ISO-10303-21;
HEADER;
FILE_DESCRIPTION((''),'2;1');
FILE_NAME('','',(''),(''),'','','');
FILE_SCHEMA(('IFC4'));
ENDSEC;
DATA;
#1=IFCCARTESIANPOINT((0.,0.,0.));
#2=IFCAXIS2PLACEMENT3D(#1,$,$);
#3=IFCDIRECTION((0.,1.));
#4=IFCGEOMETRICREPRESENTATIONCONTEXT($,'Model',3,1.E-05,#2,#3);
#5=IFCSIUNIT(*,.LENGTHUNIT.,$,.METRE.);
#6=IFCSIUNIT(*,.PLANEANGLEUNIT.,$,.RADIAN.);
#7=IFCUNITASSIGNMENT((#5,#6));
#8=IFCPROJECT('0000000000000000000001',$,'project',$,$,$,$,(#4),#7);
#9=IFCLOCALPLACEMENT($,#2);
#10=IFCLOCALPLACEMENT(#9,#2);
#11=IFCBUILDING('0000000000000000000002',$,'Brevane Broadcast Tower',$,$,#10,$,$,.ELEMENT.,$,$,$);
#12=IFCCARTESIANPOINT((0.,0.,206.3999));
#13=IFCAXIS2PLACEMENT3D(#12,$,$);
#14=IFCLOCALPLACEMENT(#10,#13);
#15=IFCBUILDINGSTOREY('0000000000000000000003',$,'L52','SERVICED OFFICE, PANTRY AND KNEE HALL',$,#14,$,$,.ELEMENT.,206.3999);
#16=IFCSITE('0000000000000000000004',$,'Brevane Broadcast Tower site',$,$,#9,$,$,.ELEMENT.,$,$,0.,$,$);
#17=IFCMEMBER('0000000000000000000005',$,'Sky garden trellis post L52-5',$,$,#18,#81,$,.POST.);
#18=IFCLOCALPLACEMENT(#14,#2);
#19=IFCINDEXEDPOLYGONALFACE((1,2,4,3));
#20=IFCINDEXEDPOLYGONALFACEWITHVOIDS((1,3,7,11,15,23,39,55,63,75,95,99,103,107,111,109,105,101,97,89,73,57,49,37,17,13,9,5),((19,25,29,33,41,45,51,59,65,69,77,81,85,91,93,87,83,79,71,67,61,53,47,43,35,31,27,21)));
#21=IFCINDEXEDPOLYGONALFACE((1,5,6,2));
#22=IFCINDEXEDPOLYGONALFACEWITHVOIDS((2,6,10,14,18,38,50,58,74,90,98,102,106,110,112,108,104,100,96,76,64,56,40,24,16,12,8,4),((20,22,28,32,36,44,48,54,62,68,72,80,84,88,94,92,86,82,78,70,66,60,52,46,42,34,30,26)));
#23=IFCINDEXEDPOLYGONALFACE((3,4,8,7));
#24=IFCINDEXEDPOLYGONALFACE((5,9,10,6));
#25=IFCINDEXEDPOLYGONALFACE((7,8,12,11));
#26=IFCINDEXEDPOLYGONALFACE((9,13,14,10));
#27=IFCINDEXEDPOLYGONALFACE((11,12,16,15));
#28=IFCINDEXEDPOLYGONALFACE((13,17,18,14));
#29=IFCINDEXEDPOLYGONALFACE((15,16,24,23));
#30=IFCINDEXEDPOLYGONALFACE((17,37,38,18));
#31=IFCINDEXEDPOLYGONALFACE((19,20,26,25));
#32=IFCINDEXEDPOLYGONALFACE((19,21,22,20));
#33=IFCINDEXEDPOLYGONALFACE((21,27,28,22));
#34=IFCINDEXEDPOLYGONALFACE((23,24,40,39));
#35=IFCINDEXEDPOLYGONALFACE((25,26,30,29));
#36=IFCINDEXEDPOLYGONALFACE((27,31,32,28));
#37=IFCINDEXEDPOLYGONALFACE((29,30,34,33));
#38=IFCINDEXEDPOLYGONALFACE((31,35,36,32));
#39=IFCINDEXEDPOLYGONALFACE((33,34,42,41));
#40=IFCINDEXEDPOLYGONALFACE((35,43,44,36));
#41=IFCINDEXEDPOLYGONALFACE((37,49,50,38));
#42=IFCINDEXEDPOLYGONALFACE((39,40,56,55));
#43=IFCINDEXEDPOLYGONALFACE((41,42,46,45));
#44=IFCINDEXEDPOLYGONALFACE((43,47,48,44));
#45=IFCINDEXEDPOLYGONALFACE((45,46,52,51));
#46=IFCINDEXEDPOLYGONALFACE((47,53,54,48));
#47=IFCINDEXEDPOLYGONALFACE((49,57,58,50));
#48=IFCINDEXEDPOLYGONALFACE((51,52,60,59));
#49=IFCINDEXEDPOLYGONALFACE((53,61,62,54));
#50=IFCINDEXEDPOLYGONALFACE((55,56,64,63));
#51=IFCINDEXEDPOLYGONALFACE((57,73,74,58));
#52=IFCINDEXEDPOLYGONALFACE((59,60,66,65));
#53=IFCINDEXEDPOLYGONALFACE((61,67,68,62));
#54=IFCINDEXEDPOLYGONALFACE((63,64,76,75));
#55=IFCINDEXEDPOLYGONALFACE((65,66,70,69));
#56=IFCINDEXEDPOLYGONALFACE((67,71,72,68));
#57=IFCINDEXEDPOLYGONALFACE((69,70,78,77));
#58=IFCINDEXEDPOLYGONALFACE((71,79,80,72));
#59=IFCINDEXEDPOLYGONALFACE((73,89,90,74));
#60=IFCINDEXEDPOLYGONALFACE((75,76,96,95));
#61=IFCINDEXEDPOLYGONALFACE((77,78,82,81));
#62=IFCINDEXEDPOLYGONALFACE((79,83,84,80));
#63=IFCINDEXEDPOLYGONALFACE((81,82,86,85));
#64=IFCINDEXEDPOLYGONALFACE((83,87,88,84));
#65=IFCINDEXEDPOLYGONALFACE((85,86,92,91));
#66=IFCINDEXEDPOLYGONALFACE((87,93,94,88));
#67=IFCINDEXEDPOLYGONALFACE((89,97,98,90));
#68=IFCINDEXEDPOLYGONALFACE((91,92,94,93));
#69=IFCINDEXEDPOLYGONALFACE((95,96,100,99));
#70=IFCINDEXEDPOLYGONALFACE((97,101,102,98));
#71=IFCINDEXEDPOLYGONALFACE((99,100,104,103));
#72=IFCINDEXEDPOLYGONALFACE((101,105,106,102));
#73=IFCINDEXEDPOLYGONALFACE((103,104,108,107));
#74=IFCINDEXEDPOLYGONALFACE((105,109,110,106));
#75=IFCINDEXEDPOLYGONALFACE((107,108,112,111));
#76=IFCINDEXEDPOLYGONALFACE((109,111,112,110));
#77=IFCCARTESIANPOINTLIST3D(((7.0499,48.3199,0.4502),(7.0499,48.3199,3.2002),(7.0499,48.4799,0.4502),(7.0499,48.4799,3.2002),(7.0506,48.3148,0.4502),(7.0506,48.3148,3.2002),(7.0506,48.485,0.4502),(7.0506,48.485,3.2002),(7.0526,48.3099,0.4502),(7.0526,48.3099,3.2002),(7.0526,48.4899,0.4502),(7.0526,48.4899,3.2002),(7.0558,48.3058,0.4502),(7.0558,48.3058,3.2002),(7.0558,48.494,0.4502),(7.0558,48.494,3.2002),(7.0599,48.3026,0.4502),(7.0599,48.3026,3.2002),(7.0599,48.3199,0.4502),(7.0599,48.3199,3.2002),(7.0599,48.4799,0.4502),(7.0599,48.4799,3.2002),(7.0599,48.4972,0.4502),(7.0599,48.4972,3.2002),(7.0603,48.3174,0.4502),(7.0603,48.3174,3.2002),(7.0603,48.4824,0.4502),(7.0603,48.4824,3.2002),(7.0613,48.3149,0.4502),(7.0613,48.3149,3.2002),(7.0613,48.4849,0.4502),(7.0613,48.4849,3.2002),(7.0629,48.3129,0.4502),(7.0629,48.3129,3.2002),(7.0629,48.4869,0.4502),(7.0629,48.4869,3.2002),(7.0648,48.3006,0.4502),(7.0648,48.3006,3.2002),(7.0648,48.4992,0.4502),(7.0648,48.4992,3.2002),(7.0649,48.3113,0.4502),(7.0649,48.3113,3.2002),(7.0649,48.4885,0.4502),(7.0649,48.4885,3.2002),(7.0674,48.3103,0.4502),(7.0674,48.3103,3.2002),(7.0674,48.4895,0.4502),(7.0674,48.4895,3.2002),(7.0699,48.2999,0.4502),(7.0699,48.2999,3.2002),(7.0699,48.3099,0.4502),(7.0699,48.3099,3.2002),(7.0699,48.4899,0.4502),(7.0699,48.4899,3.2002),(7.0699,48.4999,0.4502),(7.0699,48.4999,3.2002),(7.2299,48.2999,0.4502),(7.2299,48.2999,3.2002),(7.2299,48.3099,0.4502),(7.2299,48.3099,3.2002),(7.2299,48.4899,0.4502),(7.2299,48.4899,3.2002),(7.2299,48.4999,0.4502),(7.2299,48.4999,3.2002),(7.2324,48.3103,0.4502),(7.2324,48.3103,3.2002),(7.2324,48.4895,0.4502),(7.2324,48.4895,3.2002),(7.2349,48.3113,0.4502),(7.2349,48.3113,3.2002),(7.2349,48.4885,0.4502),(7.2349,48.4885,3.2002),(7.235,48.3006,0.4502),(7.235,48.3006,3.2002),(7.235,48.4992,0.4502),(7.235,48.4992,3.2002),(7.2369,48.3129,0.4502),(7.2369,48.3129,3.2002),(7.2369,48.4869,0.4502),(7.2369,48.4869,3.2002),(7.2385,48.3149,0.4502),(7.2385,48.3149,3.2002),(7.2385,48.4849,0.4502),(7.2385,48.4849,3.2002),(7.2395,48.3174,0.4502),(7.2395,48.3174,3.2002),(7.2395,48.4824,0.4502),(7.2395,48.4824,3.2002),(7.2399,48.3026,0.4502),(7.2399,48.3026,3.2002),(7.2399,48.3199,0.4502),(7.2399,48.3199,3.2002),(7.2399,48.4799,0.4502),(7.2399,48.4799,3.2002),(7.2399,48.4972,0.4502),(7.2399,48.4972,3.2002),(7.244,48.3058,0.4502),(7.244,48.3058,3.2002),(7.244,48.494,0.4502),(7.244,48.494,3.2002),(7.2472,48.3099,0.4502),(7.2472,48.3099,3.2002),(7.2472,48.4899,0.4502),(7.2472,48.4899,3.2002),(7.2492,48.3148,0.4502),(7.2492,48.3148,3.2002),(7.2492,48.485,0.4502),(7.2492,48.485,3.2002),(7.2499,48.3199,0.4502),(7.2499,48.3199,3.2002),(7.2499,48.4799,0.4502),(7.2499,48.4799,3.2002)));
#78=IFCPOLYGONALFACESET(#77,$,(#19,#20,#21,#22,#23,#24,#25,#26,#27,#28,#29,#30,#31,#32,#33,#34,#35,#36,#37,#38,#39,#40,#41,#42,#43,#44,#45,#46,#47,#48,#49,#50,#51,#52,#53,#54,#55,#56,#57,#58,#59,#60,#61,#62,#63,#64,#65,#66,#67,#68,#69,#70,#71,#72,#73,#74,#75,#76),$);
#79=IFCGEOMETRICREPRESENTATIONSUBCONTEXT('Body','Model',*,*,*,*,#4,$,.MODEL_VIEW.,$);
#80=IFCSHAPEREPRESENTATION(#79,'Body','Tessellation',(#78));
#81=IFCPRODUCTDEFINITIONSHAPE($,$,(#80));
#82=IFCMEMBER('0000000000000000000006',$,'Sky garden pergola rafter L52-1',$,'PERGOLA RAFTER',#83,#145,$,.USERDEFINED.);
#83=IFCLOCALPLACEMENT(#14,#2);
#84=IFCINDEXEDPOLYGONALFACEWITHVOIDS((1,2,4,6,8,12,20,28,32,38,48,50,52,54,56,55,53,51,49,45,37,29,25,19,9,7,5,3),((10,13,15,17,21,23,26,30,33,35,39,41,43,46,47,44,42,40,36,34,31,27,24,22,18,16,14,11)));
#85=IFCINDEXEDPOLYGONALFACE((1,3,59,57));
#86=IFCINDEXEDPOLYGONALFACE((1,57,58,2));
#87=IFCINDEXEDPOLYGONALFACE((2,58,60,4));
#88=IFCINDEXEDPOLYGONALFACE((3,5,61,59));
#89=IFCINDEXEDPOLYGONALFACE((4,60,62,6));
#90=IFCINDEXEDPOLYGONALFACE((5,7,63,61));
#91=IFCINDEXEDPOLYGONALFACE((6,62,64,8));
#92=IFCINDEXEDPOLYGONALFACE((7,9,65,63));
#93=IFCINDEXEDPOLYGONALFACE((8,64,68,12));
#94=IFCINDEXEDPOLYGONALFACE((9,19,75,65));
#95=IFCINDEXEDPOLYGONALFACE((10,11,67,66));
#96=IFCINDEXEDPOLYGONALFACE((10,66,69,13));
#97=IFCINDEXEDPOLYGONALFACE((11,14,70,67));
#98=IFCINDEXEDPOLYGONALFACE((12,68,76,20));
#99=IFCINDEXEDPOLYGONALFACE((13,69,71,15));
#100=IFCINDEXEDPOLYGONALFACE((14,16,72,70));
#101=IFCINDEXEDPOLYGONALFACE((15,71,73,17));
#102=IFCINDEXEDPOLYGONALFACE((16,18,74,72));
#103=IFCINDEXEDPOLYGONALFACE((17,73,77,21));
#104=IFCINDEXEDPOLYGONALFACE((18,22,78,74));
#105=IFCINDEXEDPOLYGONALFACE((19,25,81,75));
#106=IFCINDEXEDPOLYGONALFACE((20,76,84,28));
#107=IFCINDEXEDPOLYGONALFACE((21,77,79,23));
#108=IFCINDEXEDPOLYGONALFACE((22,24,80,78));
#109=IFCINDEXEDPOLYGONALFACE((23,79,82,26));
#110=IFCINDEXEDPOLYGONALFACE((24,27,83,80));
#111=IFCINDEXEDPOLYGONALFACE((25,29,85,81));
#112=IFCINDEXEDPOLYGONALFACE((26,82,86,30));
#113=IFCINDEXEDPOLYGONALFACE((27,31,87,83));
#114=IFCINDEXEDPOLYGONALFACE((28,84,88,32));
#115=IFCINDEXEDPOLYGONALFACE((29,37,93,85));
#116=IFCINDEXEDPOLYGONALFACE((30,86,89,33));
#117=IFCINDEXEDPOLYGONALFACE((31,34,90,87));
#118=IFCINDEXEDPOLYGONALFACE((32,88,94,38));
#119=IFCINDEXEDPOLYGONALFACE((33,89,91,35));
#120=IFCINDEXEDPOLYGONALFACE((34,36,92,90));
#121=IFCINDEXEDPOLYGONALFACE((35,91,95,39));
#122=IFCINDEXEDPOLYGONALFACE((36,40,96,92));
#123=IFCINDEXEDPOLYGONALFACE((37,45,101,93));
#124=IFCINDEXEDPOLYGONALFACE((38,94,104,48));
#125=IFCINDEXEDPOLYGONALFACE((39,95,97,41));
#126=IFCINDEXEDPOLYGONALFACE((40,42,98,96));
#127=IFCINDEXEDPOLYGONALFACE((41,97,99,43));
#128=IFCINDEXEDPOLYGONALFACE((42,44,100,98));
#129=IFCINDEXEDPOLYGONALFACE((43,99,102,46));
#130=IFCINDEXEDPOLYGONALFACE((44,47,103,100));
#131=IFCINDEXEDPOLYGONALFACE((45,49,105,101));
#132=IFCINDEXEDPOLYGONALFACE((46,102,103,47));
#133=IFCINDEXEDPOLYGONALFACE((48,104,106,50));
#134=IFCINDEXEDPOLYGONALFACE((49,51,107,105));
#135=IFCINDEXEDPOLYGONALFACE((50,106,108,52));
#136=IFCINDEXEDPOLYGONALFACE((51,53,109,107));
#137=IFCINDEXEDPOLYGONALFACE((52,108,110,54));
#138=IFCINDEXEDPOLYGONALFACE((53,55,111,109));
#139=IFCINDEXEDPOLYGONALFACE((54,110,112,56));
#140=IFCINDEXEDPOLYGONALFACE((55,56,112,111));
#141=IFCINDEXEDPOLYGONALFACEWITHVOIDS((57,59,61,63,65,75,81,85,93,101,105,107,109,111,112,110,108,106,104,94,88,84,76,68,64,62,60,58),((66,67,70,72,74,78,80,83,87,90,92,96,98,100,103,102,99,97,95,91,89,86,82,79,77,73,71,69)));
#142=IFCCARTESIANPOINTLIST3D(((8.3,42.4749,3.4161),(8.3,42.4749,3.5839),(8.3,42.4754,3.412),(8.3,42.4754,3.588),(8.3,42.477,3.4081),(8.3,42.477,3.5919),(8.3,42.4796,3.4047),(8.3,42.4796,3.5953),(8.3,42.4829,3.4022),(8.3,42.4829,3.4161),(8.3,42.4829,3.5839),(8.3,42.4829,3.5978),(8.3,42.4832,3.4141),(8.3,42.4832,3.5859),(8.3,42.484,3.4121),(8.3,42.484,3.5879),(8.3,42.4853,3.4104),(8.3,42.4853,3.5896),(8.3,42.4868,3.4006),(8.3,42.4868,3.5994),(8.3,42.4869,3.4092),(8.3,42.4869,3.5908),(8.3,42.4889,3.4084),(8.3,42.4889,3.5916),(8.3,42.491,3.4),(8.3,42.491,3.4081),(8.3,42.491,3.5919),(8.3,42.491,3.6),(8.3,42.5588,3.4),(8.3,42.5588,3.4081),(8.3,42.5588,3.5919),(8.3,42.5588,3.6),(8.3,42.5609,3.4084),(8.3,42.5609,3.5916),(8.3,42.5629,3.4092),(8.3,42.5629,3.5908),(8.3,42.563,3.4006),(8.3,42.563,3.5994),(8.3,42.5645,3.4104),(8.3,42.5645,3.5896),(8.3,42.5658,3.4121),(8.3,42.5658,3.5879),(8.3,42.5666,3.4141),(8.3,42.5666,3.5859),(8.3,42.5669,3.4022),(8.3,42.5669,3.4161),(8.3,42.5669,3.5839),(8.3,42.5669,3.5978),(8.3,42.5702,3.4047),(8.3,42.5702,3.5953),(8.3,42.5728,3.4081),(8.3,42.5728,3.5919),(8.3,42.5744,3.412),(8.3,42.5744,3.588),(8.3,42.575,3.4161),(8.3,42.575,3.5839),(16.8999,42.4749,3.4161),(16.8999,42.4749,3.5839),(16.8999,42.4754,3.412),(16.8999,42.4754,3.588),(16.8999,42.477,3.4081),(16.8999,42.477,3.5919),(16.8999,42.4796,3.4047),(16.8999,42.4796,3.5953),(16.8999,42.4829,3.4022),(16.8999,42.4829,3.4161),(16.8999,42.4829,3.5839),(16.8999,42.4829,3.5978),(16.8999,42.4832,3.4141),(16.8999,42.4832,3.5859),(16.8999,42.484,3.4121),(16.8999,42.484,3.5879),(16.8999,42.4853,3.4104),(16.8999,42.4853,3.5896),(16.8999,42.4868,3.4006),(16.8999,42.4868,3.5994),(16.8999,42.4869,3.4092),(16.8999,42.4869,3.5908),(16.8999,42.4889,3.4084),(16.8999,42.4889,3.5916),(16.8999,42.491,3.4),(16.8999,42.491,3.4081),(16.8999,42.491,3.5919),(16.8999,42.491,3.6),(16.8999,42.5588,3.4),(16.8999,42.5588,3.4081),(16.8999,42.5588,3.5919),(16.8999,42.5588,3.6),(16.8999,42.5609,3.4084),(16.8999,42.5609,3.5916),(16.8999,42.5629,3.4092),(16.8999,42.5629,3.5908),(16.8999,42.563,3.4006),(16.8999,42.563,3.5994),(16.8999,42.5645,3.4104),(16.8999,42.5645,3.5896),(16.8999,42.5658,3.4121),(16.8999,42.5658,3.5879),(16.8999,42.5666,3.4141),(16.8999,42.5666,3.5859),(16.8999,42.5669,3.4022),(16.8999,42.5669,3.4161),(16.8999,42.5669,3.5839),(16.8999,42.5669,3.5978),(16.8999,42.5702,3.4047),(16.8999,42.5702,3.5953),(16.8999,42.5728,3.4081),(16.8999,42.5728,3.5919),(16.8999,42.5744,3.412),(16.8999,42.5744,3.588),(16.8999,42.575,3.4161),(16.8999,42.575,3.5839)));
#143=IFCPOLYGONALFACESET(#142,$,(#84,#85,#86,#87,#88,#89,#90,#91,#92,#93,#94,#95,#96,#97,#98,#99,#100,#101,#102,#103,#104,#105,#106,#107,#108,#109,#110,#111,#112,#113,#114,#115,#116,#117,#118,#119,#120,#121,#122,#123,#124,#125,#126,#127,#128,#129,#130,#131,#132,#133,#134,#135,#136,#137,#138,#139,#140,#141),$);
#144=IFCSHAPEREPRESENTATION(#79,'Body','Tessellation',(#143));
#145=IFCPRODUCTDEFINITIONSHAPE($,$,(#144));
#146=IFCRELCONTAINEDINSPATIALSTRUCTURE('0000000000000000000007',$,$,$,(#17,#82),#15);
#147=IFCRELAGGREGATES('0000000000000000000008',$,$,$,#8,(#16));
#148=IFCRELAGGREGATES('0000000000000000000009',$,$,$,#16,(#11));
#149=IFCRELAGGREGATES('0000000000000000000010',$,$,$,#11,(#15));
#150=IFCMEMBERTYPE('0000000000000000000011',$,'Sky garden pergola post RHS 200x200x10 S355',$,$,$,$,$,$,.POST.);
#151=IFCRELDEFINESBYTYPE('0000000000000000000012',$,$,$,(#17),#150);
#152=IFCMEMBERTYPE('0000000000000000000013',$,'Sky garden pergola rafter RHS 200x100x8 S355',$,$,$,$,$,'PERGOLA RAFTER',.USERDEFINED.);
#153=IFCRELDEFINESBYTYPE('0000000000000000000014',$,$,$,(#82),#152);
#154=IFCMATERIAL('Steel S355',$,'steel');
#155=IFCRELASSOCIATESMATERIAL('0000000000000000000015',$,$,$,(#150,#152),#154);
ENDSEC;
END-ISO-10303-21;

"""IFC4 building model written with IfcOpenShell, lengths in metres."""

from ifc_helpers import new_model, si_unit, direction, frame, origin, origin_2d, place, context, subcontext, project, spatial, hollow_rectangle, extrude, material, material_profile, profile_set, type_object, element, save


model = new_model("IFC4")

# Units and contexts
model_context = context("Model", 3, precision=1e-05, world=origin(), true_north=direction((0.0, 1.0)))
body_context = subcontext(model_context, "Body", "Model", "MODEL_VIEW")
ifc_project = project(units=[si_unit("LENGTHUNIT", "METRE"), si_unit("PLANEANGLEUNIT", "RADIAN")], contexts=[model_context])

# Site, building, storey
site_placement = place(None, origin())
site = spatial("IfcSite", under=ifc_project, at=site_placement, Name="Brevane Broadcast Tower site", CompositionType="ELEMENT", RefElevation=0.0)
building_placement = place(site_placement, origin())
building = spatial("IfcBuilding", under=site, at=building_placement, Name="Brevane Broadcast Tower", CompositionType="ELEMENT")
storey_placement = place(building_placement, frame((0.0, 0.0, 206.3999)))
storey = spatial("IfcBuildingStorey", under=building, at=storey_placement, Name="L52", Description="SERVICED OFFICE, PANTRY AND KNEE HALL", CompositionType="ELEMENT", Elevation=206.3999)

# Members
ifc_material_1 = material(Name="Steel S355", Category="steel")
ifc_material_profile_1 = material_profile(ifc_material_1, hollow_rectangle(XDim=0.2, YDim=0.2, WallThickness=0.01, InnerFilletRadius=0.01, OuterFilletRadius=0.02, at=origin_2d()), Name="RHS 200x200x10")
ifc_profile_set_1 = profile_set([ifc_material_profile_1], Name="Steel S355")
member_type_1 = type_object("IfcMemberType", Name="Sky garden pergola post RHS 200x200x10 S355", PredefinedType="POST", material=ifc_profile_set_1)
for number, where, z_axis, x_axis, name in (
    (1, (7.1499, 48.3999, 0.4502), (0.0, 0.0, 1.0), (1.0, 0.0, 0.0), "Sky garden trellis post L52-5"),
):
    element("IfcMember", number, at=place(storey_placement, frame(where, z_axis=z_axis, x_axis=x_axis)), inside=storey, type_object=member_type_1, Name=name, PredefinedType="POST", context=body_context, shape_type="SweptSolid", body=[
        extrude(hollow_rectangle(XDim=0.2, YDim=0.2, WallThickness=0.01, InnerFilletRadius=0.01, OuterFilletRadius=0.02, at=origin_2d()), origin(), (0.0, 0.0, 1.0), 2.75),
    ])
ifc_material_profile_2 = material_profile(ifc_material_1, hollow_rectangle(XDim=0.1001, YDim=0.2, WallThickness=0.0081, InnerFilletRadius=0.0081, OuterFilletRadius=0.0161, at=origin_2d()), Name="RHS 200x100x8")
ifc_profile_set_2 = profile_set([ifc_material_profile_2], Name="Steel S355")
member_type_2 = type_object("IfcMemberType", Name="Sky garden pergola rafter RHS 200x100x8 S355", ElementType="PERGOLA RAFTER", PredefinedType="USERDEFINED", material=ifc_profile_set_2)
for number, where, z_axis, x_axis, name in (
    (2, (8.3, 42.5249, 3.5), (1.0, 0.0, 0.0), (0.0, 1.0, 0.0), "Sky garden pergola rafter L52-1"),
):
    element("IfcMember", number, at=place(storey_placement, frame(where, z_axis=z_axis, x_axis=x_axis)), inside=storey, type_object=member_type_2, Name=name, ObjectType="PERGOLA RAFTER", PredefinedType="USERDEFINED", context=body_context, shape_type="SweptSolid", body=[
        extrude(hollow_rectangle(XDim=0.1001, YDim=0.2, WallThickness=0.0081, InnerFilletRadius=0.0081, OuterFilletRadius=0.0161, at=origin_2d()), origin(), (0.0, 0.0, 1.0), 8.5999),
    ])

save(model, "model.ifc")
